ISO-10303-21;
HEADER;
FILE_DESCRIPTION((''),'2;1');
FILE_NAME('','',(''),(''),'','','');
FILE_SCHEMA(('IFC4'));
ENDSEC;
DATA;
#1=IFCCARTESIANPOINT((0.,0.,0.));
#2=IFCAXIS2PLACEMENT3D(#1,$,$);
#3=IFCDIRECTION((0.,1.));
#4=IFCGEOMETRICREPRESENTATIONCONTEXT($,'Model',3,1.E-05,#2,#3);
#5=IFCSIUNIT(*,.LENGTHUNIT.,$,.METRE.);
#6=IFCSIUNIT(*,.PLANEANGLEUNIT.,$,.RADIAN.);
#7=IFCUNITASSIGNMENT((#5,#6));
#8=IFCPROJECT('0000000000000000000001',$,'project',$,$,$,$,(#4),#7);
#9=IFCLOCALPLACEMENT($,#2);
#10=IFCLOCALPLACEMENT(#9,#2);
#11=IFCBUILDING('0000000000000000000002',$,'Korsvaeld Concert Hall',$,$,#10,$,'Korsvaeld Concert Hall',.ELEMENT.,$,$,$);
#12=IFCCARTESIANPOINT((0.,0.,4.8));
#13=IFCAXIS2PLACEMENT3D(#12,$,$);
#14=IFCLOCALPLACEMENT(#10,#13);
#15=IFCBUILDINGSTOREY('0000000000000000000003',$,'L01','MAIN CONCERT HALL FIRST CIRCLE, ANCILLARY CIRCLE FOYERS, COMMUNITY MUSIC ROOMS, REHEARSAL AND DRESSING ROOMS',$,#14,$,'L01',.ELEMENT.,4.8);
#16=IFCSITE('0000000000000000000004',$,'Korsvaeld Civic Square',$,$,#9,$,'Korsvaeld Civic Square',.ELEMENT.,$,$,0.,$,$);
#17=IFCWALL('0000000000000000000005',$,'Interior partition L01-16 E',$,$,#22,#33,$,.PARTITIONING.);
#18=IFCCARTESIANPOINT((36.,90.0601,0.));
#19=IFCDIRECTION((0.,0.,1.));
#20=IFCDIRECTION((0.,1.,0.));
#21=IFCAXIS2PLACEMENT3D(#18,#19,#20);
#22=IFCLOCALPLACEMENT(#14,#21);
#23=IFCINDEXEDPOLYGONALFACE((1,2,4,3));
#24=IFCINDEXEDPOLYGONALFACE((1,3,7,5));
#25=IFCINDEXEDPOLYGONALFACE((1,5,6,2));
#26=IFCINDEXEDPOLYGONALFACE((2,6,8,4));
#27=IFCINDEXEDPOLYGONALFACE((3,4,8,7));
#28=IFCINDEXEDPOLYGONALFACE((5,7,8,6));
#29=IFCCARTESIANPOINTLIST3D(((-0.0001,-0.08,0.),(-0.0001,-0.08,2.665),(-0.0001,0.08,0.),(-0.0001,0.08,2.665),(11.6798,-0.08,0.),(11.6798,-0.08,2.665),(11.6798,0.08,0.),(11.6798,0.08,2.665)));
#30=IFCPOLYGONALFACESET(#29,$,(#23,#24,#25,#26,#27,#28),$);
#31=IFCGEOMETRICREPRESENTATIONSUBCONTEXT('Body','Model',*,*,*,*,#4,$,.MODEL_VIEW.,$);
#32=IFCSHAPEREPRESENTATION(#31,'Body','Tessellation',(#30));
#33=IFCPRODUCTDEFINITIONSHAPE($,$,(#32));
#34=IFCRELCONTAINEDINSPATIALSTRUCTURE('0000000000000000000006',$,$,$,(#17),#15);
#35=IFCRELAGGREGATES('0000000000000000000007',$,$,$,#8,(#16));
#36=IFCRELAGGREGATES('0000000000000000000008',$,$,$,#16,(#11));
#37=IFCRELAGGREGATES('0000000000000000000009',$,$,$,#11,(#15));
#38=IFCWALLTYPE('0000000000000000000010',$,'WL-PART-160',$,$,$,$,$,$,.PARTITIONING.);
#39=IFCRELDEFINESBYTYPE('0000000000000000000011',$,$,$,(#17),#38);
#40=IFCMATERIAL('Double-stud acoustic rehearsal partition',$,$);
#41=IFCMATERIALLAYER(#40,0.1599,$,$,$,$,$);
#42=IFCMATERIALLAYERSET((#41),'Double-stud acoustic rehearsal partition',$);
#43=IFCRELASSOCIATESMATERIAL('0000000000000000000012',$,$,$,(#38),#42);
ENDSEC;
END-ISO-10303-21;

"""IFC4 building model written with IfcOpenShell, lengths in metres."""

from ifc_helpers import new_model, si_unit, direction, frame, frame_2d, origin, place, context, subcontext, project, spatial, rectangle, extrude, material, layer, layer_set, type_object, element, save


model = new_model("IFC4")

# Units and contexts
model_context = context("Model", 3, precision=1e-05, world=origin(), true_north=direction((0.0, 1.0)))
body_context = subcontext(model_context, "Body", "Model", "MODEL_VIEW")
ifc_project = project(units=[si_unit("LENGTHUNIT", "METRE"), si_unit("PLANEANGLEUNIT", "RADIAN")], contexts=[model_context])

# Site, building, storey
site_placement = place(None, origin())
site = spatial("IfcSite", under=ifc_project, at=site_placement, Name="Korsvaeld Civic Square", LongName="Korsvaeld Civic Square", CompositionType="ELEMENT", RefElevation=0.0)
building_placement = place(site_placement, origin())
building = spatial("IfcBuilding", under=site, at=building_placement, Name="Korsvaeld Concert Hall", LongName="Korsvaeld Concert Hall", CompositionType="ELEMENT")
storey_placement = place(building_placement, frame((0.0, 0.0, 4.8)))
storey = spatial("IfcBuildingStorey", under=building, at=storey_placement, Name="L01", Description="MAIN CONCERT HALL FIRST CIRCLE, ANCILLARY CIRCLE FOYERS, COMMUNITY MUSIC ROOMS, REHEARSAL AND DRESSING ROOMS", LongName="L01", CompositionType="ELEMENT", Elevation=4.8)

# Shared definitions
ifc_material_1 = material(Name="Double-stud acoustic rehearsal partition")
ifc_layer_1 = layer(ifc_material_1, 0.1599)
ifc_layer_set_1 = layer_set([ifc_layer_1], Name="Double-stud acoustic rehearsal partition")
wall_type_1 = type_object("IfcWallType", Name="WL-PART-160", PredefinedType="PARTITIONING", material=ifc_layer_set_1)

# Wall
wall_1_placement = place(storey_placement, frame((36.0, 90.0601, 0.0), z_axis=(0.0, 0.0, 1.0), x_axis=(0.0, 1.0, 0.0)))
element("IfcWall", 1, at=wall_1_placement, inside=storey, type_object=wall_type_1, Name="Interior partition L01-16 E", PredefinedType="PARTITIONING", context=body_context, shape_type="SweptSolid", body=[
    extrude(rectangle(XDim=11.6799, YDim=0.1599, at=frame_2d((5.8398, 0.0))), origin(), (0.0, 0.0, 1.0), 2.665),
])

save(model, "model.ifc")
